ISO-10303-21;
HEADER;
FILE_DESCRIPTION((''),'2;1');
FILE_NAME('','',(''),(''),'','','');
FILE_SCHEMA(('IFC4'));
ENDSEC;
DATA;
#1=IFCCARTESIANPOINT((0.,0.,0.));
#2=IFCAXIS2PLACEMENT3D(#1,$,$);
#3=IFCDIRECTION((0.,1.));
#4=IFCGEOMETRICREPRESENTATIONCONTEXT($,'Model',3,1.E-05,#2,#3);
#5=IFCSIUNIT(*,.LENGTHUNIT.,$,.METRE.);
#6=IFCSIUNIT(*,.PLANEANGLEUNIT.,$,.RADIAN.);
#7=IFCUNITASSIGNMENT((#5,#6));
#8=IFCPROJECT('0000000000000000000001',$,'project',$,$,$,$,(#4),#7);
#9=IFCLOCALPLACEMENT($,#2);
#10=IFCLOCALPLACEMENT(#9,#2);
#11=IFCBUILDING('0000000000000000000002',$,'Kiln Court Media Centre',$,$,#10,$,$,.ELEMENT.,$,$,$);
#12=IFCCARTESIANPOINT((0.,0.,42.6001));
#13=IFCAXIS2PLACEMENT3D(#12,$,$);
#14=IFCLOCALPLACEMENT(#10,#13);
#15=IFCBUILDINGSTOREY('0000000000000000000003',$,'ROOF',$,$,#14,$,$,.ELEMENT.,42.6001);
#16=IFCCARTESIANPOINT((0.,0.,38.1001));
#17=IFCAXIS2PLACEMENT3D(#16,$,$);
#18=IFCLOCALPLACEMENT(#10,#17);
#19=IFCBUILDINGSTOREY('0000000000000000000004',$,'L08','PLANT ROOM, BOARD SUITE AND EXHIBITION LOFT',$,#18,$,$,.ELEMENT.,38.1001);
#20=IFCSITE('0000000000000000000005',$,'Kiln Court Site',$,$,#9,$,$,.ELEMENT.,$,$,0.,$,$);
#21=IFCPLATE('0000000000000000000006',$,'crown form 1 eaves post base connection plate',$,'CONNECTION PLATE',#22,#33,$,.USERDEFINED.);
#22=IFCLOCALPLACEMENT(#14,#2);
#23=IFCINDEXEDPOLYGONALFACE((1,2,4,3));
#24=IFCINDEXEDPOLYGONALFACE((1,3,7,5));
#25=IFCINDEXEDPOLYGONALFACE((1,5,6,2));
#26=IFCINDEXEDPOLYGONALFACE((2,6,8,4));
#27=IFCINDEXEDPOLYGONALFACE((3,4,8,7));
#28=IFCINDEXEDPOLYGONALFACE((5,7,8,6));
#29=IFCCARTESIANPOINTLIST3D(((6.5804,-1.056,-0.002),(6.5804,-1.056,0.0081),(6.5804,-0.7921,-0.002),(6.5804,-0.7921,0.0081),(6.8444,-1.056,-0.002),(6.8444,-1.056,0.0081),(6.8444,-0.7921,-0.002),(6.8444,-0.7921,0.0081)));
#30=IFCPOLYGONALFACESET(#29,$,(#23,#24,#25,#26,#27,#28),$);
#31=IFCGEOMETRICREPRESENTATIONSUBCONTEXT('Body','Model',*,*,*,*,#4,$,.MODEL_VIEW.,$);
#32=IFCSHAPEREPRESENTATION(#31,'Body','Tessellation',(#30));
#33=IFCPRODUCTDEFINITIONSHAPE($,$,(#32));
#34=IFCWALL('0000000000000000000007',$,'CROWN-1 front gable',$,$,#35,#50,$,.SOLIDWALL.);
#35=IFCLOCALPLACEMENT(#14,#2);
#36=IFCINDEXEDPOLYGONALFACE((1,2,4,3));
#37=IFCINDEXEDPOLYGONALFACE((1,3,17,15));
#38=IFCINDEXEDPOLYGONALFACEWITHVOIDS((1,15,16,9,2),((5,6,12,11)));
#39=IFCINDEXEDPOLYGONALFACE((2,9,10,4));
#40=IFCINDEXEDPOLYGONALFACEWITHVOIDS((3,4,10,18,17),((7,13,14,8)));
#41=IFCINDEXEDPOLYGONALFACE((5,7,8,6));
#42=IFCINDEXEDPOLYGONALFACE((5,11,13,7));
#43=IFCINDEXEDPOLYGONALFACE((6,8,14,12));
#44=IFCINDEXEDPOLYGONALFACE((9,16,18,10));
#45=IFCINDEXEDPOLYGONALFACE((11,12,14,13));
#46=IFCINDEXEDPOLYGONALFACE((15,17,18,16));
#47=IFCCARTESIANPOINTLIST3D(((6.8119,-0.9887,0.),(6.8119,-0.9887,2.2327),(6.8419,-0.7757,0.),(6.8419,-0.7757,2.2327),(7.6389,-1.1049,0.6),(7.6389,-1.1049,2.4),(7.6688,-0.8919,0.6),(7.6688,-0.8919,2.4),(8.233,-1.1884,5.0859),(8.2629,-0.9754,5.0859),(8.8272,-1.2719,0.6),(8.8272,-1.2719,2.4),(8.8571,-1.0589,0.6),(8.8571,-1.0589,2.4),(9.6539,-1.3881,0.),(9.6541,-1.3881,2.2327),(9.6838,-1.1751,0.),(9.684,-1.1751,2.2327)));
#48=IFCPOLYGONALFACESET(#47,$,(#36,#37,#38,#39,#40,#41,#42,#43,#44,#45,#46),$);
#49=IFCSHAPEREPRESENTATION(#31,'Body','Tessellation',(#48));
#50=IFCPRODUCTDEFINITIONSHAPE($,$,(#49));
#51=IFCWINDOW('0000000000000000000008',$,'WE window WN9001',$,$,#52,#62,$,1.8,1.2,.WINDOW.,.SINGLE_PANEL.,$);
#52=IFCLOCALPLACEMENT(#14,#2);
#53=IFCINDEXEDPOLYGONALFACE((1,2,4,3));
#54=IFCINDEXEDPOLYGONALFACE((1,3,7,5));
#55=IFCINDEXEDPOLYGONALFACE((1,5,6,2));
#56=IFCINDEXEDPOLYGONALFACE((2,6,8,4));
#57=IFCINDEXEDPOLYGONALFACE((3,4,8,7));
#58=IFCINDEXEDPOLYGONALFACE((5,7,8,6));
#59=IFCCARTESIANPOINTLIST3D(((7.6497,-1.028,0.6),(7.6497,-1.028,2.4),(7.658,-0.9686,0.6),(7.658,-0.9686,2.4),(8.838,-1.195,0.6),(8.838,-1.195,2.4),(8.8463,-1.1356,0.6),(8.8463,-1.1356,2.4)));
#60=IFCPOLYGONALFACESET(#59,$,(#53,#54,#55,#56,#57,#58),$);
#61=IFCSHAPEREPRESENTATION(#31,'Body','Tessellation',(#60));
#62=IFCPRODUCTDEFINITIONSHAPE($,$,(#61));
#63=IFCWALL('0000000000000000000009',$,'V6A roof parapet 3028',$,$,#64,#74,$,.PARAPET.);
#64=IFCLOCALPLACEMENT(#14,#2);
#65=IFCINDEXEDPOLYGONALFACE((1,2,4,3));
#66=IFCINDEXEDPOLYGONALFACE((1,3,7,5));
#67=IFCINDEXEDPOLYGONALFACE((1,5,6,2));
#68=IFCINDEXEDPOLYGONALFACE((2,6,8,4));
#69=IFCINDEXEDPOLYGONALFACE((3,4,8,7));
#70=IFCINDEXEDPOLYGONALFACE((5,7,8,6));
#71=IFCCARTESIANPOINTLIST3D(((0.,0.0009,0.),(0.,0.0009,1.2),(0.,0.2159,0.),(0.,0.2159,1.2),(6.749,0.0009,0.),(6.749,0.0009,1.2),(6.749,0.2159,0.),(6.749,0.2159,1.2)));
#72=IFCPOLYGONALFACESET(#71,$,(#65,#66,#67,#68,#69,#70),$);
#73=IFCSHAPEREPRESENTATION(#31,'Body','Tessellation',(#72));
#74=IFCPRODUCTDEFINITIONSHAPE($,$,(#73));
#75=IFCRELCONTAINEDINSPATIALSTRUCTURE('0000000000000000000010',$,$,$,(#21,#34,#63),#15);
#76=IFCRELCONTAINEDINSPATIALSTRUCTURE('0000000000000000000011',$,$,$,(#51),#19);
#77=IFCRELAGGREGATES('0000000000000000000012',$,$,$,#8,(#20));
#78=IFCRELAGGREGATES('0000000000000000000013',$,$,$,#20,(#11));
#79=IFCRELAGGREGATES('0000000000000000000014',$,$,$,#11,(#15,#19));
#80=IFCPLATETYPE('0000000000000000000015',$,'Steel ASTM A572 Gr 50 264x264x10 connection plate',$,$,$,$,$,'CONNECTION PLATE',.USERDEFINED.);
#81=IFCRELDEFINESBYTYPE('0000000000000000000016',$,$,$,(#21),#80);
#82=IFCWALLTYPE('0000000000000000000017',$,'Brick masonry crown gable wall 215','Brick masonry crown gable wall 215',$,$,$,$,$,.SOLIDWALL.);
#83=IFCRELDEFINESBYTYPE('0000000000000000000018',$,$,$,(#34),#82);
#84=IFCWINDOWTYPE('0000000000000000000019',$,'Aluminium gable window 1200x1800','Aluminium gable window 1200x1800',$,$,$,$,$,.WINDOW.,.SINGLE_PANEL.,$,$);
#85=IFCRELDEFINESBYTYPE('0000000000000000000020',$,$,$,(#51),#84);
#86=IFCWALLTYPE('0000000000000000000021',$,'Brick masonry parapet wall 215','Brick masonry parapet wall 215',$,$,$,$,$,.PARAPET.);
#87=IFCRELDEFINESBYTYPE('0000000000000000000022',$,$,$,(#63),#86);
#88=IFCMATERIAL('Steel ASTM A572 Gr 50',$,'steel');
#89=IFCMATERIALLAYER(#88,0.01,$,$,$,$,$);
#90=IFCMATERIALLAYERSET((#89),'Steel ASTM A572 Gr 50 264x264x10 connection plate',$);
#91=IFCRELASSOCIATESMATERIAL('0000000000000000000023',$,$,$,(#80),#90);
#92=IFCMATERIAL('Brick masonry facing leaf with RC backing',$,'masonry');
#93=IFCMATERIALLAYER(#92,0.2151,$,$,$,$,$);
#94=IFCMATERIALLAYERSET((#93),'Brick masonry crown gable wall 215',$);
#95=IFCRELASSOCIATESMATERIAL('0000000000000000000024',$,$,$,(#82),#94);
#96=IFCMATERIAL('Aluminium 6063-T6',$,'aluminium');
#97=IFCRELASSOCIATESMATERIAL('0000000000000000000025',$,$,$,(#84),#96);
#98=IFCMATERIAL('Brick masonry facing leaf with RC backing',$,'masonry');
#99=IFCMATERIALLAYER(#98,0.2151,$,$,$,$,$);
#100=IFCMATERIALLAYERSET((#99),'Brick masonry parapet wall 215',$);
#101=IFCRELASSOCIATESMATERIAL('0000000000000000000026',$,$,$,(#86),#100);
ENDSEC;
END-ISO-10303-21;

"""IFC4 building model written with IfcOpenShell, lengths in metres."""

from ifc_helpers import new_model, si_unit, direction, frame, frame_2d, origin, origin_2d, place, context, subcontext, project, spatial, polyline, rectangle, outline, extrude, material, layer, layer_set, type_object, element, fill, save


model = new_model("IFC4")

# Units and contexts
model_context = context("Model", 3, precision=1e-05, world=origin(), true_north=direction((0.0, 1.0)))
body_context = subcontext(model_context, "Body", "Model", "MODEL_VIEW")
ifc_project = project(units=[si_unit("LENGTHUNIT", "METRE"), si_unit("PLANEANGLEUNIT", "RADIAN")], contexts=[model_context])

# Site, building, storey
site_placement = place(None, origin())
site = spatial("IfcSite", under=ifc_project, at=site_placement, Name="Kiln Court Site", CompositionType="ELEMENT", RefElevation=0.0)
building_placement = place(site_placement, origin())
building = spatial("IfcBuilding", under=site, at=building_placement, Name="Kiln Court Media Centre", CompositionType="ELEMENT")
storey_1_placement = place(building_placement, frame((0.0, 0.0, 42.6001)))
storey_1 = spatial("IfcBuildingStorey", under=building, at=storey_1_placement, Name="ROOF", CompositionType="ELEMENT", Elevation=42.6001)

# Shared definitions
storey_2_placement = place(building_placement, frame((0.0, 0.0, 38.1001)))
storey_2 = spatial("IfcBuildingStorey", under=building, at=storey_2_placement, Name="L08", Description="PLANT ROOM, BOARD SUITE AND EXHIBITION LOFT", CompositionType="ELEMENT", Elevation=38.1001)

# Plate
ifc_material_1 = material(Name="Steel ASTM A572 Gr 50", Category="steel")
ifc_layer_1 = layer(ifc_material_1, 0.01)
ifc_layer_set_1 = layer_set([ifc_layer_1], Name="Steel ASTM A572 Gr 50 264x264x10 connection plate")
plate_type = type_object("IfcPlateType", Name="Steel ASTM A572 Gr 50 264x264x10 connection plate", ElementType="CONNECTION PLATE", PredefinedType="USERDEFINED", material=ifc_layer_set_1)
plate_placement = place(storey_1_placement, frame((6.7124, -0.9241, -0.002), z_axis=(0.0, 0.0, 1.0), x_axis=(1.0, 0.0, 0.0)))
element("IfcPlate", 1, at=plate_placement, inside=storey_1, type_object=plate_type, Name="crown form 1 eaves post base connection plate", ObjectType="CONNECTION PLATE", PredefinedType="USERDEFINED", context=body_context, shape_type="SweptSolid", body=[
    extrude(rectangle(XDim=0.2639, YDim=0.2639, at=origin_2d()), origin(), (0.0, 0.0, 1.0), 0.01),
])

# Wall, opening, window
ifc_material_2 = material(Name="Brick masonry facing leaf with RC backing", Category="masonry")
ifc_layer_2 = layer(ifc_material_2, 0.2151)
ifc_layer_set_2 = layer_set([ifc_layer_2], Name="Brick masonry crown gable wall 215")
wall_type_1 = type_object("IfcWallType", Name="Brick masonry crown gable wall 215", Description="Brick masonry crown gable wall 215", PredefinedType="SOLIDWALL", material=ifc_layer_set_2)
wall_1_placement = place(storey_1_placement, frame((6.8269, -0.8821, 0.0), z_axis=(0.0, 0.0, 1.0), x_axis=(0.990268, -0.13917, 0.0)))
wall_1 = element("IfcWall", 2, at=wall_1_placement, inside=storey_1, type_object=wall_type_1, Name="CROWN-1 front gable", PredefinedType="SOLIDWALL", context=body_context, shape_type="SweptSolid", body=[
    extrude(outline(polyline([(0.0, 0.0), (2.8699, 0.0), (2.8701, 2.2327), (1.4351, 5.0859), (0.0, 2.2327), (0.0, 0.0)])), frame((0.0, 0.1074, 0.0), z_axis=(0.0, -1.0, 0.0), x_axis=(1.0, 0.0, 0.0)), (0.0, 0.0, 1.0), 0.2151),
])
opening_1_placement = place(wall_1_placement, frame((0.835, 0.0, 0.6001)))
opening_1 = element("IfcOpeningElement", 3, at=opening_1_placement, cuts=wall_1, PredefinedType="OPENING", context=body_context, shape_type="SweptSolid", body=[
    extrude(rectangle(XDim=1.2, YDim=1.8, at=frame_2d((0.6001, 0.8999))), frame((0.0, 0.1174, 0.0), z_axis=(0.0, -1.0, 0.0), x_axis=(1.0, 0.0, 0.0)), (0.0, 0.0, 1.0), 0.2351),
])
ifc_material_3 = material(Name="Aluminium 6063-T6", Category="aluminium")
window_type = type_object("IfcWindowType", Name="Aluminium gable window 1200x1800", Description="Aluminium gable window 1200x1800", PartitioningType="SINGLE_PANEL", PredefinedType="WINDOW", material=ifc_material_3)
window_placement = place(opening_1_placement, origin())
window = element("IfcWindow", 4, at=window_placement, inside=storey_2, type_object=window_type, Name="WE window WN9001", OverallHeight=1.8, OverallWidth=1.2, PartitioningType="SINGLE_PANEL", PredefinedType="WINDOW", context=body_context, shape_type="SweptSolid", body=[
    extrude(rectangle(XDim=1.2, YDim=1.8, at=frame_2d((0.6001, 0.8999))), frame((0.0, 0.03, 0.0), z_axis=(0.0, -1.0, 0.0), x_axis=(1.0, 0.0, 0.0)), (0.0, 0.0, 1.0), 0.0601),
])
fill(opening_1, window)

# Wall
ifc_material_4 = material(Name="Brick masonry facing leaf with RC backing", Category="masonry")
ifc_layer_3 = layer(ifc_material_4, 0.2151)
ifc_layer_set_3 = layer_set([ifc_layer_3], Name="Brick masonry parapet wall 215")
wall_type_2 = type_object("IfcWallType", Name="Brick masonry parapet wall 215", Description="Brick masonry parapet wall 215", PredefinedType="PARAPET", material=ifc_layer_set_3)
wall_2_placement = place(storey_1_placement, frame((0.0, 0.1084, 0.0), z_axis=(0.0, 0.0, 1.0), x_axis=(1.0, 0.0, 0.0)))
element("IfcWall", 5, at=wall_2_placement, inside=storey_1, type_object=wall_type_2, Name="V6A roof parapet 3028", PredefinedType="PARAPET", context=body_context, shape_type="SweptSolid", body=[
    extrude(rectangle(XDim=6.749, YDim=0.2151, at=frame_2d((3.3745, 0.0))), origin(), (0.0, 0.0, 1.0), 1.2),
])

save(model, "model.ifc")
